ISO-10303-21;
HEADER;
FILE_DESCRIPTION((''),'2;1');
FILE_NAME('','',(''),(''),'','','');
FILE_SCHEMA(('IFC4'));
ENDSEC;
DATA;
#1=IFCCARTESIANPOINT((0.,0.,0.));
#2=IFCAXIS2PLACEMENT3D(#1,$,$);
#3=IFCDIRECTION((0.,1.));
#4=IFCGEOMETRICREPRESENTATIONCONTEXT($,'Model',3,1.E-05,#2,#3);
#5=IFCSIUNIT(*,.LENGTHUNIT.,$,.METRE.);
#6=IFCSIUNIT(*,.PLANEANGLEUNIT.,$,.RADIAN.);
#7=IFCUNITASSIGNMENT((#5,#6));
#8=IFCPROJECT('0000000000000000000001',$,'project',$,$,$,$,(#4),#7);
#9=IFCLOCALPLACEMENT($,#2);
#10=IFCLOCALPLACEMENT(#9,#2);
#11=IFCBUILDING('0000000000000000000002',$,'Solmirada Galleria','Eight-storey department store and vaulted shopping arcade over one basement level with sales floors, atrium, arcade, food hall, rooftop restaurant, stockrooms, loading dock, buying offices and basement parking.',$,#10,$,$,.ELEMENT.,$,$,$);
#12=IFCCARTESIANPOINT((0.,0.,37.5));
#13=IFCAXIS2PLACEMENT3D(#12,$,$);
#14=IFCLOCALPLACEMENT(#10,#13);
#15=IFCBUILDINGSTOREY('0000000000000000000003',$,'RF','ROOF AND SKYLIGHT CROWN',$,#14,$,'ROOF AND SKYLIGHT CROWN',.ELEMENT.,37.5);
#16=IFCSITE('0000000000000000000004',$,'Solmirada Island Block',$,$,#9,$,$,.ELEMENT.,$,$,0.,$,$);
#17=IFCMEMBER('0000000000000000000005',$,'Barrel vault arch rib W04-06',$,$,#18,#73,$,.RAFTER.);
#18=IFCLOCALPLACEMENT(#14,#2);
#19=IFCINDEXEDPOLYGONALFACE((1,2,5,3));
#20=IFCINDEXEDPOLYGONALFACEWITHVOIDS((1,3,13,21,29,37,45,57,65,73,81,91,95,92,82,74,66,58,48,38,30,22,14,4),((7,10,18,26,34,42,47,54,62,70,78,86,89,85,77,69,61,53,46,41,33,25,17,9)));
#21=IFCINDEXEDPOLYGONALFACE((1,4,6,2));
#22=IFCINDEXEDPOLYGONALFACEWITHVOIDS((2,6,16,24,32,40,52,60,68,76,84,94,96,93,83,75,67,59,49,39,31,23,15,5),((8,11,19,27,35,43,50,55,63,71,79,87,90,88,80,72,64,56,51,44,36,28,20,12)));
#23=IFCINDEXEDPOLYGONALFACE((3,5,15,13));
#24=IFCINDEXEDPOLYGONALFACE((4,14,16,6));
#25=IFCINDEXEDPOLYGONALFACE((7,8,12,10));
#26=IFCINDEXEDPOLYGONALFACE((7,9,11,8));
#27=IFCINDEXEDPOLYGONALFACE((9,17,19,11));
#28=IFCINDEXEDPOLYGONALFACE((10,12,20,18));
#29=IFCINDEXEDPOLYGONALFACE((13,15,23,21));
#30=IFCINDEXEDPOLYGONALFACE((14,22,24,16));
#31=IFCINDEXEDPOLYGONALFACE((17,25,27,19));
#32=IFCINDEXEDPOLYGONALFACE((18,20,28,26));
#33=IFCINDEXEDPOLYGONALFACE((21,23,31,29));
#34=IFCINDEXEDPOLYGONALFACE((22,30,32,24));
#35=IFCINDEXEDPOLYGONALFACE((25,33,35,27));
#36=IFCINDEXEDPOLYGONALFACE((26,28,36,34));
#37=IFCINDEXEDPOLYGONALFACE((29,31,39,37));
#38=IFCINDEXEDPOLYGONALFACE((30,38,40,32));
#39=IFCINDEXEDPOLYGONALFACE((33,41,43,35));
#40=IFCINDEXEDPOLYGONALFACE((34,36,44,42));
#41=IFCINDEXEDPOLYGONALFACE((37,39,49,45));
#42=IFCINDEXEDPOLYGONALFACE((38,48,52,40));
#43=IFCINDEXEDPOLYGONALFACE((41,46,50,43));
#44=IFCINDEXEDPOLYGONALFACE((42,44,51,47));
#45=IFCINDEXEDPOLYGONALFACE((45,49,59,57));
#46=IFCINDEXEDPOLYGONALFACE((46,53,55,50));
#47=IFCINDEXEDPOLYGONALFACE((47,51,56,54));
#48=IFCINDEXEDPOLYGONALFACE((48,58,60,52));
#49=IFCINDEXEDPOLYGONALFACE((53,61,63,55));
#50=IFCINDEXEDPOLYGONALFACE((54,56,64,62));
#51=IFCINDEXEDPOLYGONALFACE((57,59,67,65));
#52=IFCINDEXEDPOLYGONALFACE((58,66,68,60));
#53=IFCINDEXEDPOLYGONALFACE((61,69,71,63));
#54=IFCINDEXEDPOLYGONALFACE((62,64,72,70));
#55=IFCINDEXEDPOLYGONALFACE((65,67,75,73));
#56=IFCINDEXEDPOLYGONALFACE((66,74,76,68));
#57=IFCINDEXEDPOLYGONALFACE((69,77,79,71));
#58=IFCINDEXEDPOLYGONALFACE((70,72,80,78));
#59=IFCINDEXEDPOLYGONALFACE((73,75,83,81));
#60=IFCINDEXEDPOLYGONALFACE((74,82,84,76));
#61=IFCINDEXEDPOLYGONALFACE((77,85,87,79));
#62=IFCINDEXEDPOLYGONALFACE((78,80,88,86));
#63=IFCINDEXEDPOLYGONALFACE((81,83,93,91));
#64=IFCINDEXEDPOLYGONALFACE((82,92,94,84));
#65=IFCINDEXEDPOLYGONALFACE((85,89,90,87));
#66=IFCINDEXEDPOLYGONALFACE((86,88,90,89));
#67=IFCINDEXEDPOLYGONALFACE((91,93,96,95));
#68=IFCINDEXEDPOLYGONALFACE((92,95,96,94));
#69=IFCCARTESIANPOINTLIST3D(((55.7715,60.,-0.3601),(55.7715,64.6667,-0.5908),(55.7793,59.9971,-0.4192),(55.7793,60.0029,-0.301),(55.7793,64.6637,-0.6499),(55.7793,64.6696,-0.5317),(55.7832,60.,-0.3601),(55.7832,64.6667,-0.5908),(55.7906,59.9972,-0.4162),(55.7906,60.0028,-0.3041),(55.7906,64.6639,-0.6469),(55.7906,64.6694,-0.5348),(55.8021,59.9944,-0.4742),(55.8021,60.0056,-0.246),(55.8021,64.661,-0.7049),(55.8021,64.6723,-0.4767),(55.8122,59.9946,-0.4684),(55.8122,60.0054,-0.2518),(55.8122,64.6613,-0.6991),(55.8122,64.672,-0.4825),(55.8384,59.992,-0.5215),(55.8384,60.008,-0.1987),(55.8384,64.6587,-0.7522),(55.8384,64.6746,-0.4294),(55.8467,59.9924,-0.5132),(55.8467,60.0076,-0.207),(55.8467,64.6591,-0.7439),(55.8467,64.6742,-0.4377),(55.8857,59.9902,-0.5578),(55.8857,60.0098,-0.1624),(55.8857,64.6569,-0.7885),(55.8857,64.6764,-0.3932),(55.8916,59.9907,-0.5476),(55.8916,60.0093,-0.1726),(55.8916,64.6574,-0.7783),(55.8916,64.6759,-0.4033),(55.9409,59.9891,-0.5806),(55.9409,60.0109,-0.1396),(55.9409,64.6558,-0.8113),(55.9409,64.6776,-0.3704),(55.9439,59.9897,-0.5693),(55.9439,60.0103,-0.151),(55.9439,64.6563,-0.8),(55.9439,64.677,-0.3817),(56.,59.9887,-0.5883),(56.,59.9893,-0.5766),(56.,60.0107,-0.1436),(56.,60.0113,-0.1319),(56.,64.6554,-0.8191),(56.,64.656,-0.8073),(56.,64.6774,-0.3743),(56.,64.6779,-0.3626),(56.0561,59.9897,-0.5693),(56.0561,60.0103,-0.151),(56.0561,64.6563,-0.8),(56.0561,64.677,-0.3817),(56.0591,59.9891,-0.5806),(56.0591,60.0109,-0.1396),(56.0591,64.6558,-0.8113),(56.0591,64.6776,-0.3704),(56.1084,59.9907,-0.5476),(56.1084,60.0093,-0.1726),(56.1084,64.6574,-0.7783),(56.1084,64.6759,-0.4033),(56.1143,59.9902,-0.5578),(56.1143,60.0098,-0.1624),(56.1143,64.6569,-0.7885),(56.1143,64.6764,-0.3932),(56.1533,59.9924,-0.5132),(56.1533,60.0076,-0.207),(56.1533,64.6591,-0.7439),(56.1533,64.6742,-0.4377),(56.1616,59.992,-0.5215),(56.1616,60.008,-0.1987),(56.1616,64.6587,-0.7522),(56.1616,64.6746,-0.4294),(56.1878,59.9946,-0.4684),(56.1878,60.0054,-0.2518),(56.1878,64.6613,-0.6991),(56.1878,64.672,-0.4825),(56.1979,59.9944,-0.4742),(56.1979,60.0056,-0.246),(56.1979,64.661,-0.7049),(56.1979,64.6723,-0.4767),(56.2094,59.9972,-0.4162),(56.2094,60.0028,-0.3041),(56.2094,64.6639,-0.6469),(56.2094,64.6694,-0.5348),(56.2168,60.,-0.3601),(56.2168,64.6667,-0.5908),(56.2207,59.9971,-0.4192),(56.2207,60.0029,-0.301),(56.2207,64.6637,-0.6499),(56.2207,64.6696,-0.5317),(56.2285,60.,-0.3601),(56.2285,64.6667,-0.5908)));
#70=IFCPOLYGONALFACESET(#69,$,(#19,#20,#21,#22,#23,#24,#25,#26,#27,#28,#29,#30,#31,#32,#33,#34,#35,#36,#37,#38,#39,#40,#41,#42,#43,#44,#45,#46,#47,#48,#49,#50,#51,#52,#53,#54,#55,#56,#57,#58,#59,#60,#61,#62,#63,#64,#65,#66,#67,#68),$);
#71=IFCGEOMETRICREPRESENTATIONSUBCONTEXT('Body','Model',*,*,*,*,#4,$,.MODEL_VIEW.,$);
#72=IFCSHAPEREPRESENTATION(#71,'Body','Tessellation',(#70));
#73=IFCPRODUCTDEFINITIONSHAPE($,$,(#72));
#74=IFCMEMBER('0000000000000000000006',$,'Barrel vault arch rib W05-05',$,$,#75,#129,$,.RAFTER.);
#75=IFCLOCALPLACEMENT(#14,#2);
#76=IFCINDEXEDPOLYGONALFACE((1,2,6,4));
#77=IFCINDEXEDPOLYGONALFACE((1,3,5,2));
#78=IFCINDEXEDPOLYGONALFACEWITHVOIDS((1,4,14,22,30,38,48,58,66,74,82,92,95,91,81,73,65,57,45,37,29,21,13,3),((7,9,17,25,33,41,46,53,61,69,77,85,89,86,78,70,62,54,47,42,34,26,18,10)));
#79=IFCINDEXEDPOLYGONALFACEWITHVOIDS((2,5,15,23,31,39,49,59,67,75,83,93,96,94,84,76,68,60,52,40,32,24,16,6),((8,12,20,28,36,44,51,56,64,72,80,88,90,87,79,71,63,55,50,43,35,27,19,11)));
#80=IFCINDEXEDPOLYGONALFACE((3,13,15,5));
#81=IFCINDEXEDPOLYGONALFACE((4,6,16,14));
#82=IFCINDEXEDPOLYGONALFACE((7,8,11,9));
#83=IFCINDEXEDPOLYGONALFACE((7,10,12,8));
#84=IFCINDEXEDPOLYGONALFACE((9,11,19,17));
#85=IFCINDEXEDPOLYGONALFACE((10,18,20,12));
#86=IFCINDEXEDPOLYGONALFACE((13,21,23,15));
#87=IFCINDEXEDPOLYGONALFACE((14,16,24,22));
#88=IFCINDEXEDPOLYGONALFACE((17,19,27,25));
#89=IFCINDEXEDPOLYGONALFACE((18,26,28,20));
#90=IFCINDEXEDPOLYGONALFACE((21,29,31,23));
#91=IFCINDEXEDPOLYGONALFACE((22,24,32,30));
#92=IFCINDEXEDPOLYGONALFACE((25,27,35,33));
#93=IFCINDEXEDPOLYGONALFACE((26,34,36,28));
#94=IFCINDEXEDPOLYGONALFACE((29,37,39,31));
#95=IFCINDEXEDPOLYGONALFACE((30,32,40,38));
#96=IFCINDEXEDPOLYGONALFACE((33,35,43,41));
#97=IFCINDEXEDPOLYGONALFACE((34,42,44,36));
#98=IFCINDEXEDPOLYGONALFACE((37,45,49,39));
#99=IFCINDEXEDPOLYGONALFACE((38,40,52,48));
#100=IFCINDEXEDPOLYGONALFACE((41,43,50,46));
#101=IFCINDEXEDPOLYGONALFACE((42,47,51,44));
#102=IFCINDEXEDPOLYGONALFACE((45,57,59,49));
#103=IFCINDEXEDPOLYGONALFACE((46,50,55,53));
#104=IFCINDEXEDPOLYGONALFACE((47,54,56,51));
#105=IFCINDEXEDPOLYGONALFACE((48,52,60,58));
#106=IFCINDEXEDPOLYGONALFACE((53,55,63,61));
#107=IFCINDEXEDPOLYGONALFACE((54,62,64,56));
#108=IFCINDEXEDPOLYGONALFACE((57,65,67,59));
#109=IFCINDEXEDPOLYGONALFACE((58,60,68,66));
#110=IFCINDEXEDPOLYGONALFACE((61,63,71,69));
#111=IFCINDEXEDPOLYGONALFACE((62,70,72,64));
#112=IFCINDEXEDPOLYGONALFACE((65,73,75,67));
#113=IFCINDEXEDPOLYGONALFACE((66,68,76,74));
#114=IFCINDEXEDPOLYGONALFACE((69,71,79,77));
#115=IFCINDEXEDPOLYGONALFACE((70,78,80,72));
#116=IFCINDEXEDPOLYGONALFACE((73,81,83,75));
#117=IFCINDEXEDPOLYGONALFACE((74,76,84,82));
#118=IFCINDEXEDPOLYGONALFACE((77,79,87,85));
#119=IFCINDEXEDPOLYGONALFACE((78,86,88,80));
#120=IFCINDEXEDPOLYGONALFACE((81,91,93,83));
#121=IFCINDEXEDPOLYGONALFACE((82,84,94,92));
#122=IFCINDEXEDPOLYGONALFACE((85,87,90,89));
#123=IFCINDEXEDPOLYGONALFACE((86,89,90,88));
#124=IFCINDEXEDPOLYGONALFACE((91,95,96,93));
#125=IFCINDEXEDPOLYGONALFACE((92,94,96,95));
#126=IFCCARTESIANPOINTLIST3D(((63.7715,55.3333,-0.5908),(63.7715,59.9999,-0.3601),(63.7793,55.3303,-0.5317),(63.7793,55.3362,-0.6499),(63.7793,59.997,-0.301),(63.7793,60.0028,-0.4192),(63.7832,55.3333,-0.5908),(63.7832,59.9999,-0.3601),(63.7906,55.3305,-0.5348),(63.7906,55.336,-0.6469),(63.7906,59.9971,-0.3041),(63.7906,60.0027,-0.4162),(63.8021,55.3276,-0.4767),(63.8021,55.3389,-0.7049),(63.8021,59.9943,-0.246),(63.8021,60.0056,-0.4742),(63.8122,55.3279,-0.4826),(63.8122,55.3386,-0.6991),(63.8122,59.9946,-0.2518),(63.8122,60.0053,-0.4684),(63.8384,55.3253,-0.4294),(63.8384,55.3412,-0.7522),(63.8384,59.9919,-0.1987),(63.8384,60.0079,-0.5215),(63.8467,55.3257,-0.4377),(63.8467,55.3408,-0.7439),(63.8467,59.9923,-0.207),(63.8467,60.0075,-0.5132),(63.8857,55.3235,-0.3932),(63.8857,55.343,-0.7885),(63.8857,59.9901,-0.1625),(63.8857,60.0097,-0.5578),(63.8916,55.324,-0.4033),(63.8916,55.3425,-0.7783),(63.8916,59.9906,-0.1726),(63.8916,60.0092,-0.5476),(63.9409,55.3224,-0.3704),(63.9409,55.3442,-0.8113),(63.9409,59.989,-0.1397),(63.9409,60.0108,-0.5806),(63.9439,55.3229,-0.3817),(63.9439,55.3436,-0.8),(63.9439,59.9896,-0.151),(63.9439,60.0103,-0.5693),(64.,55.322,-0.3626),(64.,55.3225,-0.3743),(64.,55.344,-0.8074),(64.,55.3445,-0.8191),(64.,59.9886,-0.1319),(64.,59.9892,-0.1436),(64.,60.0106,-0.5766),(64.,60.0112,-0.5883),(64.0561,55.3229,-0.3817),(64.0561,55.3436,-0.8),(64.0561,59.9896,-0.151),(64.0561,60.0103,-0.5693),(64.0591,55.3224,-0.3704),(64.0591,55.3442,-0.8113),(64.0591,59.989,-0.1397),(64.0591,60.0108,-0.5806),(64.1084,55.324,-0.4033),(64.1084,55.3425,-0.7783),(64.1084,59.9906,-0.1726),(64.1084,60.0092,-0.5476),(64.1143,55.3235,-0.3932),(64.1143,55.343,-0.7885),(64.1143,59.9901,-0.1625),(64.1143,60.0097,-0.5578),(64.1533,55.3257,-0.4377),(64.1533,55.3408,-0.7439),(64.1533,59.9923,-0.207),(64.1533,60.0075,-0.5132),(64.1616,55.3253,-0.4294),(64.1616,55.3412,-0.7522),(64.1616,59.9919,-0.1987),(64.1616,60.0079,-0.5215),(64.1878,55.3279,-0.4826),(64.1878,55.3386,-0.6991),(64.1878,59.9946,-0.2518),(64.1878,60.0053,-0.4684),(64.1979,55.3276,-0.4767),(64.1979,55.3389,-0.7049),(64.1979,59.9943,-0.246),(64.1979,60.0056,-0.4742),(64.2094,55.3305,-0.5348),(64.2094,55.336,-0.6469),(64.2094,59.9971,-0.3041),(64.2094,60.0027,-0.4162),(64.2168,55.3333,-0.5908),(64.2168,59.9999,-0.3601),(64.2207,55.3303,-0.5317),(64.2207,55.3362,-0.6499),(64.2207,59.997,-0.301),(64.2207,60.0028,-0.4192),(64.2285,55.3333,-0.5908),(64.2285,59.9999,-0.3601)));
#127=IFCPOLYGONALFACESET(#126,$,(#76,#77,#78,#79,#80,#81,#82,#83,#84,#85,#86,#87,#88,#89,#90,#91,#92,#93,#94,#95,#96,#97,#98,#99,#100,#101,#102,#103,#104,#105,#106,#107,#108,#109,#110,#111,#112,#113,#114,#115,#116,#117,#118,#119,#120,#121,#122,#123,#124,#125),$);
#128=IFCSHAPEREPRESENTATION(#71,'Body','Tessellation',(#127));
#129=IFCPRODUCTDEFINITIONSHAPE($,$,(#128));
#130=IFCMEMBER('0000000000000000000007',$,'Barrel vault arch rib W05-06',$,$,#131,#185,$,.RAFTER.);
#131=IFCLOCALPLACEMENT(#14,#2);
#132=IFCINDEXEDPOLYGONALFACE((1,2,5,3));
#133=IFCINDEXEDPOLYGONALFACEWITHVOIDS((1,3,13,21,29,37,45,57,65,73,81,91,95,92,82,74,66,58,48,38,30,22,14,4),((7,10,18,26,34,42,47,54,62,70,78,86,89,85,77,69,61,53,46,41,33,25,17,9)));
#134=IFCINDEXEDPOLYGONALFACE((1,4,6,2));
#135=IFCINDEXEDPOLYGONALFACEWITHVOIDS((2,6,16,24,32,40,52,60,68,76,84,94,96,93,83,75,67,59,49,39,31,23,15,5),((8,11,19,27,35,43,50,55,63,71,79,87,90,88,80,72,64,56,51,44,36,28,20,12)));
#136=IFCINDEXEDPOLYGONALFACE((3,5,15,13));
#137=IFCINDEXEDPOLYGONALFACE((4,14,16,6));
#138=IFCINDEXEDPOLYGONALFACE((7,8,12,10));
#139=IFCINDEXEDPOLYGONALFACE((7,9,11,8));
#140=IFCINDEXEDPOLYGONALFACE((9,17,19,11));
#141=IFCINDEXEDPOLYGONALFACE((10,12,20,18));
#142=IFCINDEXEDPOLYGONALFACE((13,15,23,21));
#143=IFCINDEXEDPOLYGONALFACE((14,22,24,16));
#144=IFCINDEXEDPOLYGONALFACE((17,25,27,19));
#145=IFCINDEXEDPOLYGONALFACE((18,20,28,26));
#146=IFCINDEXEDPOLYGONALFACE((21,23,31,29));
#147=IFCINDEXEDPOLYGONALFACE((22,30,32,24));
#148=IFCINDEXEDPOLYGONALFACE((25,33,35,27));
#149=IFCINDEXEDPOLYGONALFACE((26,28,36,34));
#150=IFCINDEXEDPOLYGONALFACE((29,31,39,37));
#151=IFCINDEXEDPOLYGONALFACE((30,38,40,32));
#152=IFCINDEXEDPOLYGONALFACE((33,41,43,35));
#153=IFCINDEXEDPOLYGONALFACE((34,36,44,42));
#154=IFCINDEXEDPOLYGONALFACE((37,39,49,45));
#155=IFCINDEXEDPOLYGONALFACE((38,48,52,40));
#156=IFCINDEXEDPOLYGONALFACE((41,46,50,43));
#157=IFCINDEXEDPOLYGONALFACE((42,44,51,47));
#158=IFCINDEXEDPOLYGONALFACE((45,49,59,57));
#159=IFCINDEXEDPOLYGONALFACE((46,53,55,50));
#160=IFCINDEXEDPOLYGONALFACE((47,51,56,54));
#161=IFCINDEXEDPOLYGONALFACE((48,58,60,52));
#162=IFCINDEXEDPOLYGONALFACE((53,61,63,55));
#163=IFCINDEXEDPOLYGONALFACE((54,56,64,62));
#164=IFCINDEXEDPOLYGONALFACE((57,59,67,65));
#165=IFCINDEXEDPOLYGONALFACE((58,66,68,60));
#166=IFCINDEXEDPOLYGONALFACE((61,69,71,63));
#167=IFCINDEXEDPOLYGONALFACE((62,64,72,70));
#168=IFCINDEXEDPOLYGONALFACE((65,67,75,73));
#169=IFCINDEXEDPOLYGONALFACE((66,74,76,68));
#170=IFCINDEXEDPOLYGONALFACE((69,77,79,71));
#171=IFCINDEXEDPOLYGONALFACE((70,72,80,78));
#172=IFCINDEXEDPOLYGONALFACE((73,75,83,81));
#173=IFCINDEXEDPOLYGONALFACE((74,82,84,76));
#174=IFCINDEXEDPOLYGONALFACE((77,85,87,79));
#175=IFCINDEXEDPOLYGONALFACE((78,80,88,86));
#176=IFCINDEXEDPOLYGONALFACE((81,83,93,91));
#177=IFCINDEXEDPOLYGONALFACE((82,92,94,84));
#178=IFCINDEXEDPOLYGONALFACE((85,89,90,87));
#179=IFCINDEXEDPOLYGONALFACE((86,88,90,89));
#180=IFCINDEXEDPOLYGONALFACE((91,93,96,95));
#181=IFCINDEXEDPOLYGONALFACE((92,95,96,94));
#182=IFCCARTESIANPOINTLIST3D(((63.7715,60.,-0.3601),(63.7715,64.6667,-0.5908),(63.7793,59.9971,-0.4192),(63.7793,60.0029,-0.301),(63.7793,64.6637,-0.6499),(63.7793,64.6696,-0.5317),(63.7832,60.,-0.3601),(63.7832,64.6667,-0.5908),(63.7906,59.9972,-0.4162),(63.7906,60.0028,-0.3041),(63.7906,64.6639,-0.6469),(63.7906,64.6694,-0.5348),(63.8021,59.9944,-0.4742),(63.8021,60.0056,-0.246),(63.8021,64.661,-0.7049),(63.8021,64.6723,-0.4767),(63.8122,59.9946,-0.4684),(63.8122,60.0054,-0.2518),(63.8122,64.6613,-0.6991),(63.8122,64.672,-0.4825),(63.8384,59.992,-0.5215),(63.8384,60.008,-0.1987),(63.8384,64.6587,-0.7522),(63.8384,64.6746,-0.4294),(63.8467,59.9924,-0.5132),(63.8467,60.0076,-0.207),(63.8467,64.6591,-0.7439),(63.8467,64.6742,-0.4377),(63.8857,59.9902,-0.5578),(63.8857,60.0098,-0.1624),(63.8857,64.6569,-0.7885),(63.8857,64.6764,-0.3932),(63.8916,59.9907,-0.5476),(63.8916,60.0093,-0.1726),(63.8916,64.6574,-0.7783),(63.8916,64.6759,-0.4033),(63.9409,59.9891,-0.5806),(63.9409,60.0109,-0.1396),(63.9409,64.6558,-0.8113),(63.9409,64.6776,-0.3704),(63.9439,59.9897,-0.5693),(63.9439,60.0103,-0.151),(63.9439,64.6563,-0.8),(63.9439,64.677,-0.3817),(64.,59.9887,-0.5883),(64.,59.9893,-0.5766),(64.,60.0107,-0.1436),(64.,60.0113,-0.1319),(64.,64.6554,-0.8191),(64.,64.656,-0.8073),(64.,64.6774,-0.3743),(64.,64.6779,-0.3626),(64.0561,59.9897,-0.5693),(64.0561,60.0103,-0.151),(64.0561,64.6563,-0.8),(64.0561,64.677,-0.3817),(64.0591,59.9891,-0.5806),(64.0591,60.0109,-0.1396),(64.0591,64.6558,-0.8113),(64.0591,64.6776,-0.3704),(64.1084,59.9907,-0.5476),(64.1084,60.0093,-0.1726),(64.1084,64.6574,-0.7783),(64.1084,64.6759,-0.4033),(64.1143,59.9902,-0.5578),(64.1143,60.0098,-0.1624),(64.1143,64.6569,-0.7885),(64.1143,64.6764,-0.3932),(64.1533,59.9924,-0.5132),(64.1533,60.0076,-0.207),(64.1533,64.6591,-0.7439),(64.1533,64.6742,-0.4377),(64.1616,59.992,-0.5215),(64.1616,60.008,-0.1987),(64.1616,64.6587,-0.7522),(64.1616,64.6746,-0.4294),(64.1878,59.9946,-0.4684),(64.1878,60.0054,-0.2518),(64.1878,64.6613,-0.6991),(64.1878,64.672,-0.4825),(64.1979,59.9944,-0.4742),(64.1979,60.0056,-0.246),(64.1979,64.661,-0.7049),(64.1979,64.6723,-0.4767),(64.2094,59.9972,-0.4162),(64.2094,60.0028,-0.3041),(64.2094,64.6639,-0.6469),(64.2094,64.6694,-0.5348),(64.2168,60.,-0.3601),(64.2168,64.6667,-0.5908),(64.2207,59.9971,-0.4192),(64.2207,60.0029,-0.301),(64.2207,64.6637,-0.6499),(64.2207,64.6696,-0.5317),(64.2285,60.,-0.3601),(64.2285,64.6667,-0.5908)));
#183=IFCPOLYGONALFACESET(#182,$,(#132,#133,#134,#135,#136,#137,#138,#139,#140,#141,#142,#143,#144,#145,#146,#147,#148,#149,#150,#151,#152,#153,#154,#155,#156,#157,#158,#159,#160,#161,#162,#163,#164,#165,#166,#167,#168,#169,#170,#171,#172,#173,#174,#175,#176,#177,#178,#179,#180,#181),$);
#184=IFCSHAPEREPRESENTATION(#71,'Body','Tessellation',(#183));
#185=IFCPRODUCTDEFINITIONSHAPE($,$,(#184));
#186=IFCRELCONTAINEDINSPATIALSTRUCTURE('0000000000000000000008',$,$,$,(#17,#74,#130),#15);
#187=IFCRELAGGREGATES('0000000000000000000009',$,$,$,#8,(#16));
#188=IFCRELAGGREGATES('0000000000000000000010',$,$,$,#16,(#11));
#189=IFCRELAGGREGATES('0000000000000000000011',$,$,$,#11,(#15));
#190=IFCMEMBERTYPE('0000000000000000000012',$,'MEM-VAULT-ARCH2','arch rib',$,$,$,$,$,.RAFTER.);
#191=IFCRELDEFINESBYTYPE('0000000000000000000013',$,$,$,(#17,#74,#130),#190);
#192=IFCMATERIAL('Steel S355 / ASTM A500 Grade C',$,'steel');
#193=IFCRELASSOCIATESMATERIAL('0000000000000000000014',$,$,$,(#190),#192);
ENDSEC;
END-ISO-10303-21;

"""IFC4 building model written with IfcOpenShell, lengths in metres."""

from ifc_helpers import new_model, si_unit, direction, frame, origin, origin_2d, place, context, subcontext, project, spatial, hollow_circle, extrude, material, material_profile, profile_set, type_object, element, save


model = new_model("IFC4")

# Units and contexts
model_context = context("Model", 3, precision=1e-05, world=origin(), true_north=direction((0.0, 1.0)))
body_context = subcontext(model_context, "Body", "Model", "MODEL_VIEW")
ifc_project = project(units=[si_unit("LENGTHUNIT", "METRE"), si_unit("PLANEANGLEUNIT", "RADIAN")], contexts=[model_context])

# Site, building, storey
site_placement = place(None, origin())
site = spatial("IfcSite", under=ifc_project, at=site_placement, Name="Solmirada Island Block", CompositionType="ELEMENT", RefElevation=0.0)
building_placement = place(site_placement, origin())
building = spatial("IfcBuilding", under=site, at=building_placement, Name="Solmirada Galleria", Description="Eight-storey department store and vaulted shopping arcade over one basement level with sales floors, atrium, arcade, food hall, rooftop restaurant, stockrooms, loading dock, buying offices and basement parking.", CompositionType="ELEMENT")
storey_placement = place(building_placement, frame((0.0, 0.0, 37.5)))
storey = spatial("IfcBuildingStorey", under=building, at=storey_placement, Name="RF", Description="ROOF AND SKYLIGHT CROWN", LongName="ROOF AND SKYLIGHT CROWN", CompositionType="ELEMENT", Elevation=37.5)

# Members
ifc_material_1 = material(Name="Steel S355 / ASTM A500 Grade C", Category="steel")
ifc_material_profile_1 = material_profile(ifc_material_1, hollow_circle(Radius=0.2285, WallThickness=0.0117, at=origin_2d()), Name="HSS18.000X0.500")
ifc_profile_set_1 = profile_set([ifc_material_profile_1], Name="Steel S355 / ASTM A500 Grade C")
member_type_1 = type_object("IfcMemberType", Name="MEM-VAULT-ARCH2", Description="arch rib", PredefinedType="RAFTER", material=ifc_profile_set_1)
for number, where, z_axis, x_axis, name in (
    (1, (56.0, 60.0, -0.3601), (0.0, 0.99878, -0.049377), (-1.0, 0.0, 0.0), "Barrel vault arch rib W04-06"),
    (2, (64.0, 55.3333, -0.5908), (0.0, 0.99878, 0.049377), (-1.0, 0.0, 0.0), "Barrel vault arch rib W05-05"),
    (3, (64.0, 60.0, -0.3601), (0.0, 0.99878, -0.049377), (-1.0, 0.0, 0.0), "Barrel vault arch rib W05-06"),
):
    element("IfcMember", number, at=place(storey_placement, frame(where, z_axis=z_axis, x_axis=x_axis)), inside=storey, type_object=member_type_1, Name=name, PredefinedType="RAFTER", context=body_context, shape_type="SweptSolid", body=[
        extrude(hollow_circle(Radius=0.2285, WallThickness=0.0117, at=origin_2d()), origin(), (0.0, 0.0, 1.0), 4.6724),
    ])

save(model, "model.ifc")
